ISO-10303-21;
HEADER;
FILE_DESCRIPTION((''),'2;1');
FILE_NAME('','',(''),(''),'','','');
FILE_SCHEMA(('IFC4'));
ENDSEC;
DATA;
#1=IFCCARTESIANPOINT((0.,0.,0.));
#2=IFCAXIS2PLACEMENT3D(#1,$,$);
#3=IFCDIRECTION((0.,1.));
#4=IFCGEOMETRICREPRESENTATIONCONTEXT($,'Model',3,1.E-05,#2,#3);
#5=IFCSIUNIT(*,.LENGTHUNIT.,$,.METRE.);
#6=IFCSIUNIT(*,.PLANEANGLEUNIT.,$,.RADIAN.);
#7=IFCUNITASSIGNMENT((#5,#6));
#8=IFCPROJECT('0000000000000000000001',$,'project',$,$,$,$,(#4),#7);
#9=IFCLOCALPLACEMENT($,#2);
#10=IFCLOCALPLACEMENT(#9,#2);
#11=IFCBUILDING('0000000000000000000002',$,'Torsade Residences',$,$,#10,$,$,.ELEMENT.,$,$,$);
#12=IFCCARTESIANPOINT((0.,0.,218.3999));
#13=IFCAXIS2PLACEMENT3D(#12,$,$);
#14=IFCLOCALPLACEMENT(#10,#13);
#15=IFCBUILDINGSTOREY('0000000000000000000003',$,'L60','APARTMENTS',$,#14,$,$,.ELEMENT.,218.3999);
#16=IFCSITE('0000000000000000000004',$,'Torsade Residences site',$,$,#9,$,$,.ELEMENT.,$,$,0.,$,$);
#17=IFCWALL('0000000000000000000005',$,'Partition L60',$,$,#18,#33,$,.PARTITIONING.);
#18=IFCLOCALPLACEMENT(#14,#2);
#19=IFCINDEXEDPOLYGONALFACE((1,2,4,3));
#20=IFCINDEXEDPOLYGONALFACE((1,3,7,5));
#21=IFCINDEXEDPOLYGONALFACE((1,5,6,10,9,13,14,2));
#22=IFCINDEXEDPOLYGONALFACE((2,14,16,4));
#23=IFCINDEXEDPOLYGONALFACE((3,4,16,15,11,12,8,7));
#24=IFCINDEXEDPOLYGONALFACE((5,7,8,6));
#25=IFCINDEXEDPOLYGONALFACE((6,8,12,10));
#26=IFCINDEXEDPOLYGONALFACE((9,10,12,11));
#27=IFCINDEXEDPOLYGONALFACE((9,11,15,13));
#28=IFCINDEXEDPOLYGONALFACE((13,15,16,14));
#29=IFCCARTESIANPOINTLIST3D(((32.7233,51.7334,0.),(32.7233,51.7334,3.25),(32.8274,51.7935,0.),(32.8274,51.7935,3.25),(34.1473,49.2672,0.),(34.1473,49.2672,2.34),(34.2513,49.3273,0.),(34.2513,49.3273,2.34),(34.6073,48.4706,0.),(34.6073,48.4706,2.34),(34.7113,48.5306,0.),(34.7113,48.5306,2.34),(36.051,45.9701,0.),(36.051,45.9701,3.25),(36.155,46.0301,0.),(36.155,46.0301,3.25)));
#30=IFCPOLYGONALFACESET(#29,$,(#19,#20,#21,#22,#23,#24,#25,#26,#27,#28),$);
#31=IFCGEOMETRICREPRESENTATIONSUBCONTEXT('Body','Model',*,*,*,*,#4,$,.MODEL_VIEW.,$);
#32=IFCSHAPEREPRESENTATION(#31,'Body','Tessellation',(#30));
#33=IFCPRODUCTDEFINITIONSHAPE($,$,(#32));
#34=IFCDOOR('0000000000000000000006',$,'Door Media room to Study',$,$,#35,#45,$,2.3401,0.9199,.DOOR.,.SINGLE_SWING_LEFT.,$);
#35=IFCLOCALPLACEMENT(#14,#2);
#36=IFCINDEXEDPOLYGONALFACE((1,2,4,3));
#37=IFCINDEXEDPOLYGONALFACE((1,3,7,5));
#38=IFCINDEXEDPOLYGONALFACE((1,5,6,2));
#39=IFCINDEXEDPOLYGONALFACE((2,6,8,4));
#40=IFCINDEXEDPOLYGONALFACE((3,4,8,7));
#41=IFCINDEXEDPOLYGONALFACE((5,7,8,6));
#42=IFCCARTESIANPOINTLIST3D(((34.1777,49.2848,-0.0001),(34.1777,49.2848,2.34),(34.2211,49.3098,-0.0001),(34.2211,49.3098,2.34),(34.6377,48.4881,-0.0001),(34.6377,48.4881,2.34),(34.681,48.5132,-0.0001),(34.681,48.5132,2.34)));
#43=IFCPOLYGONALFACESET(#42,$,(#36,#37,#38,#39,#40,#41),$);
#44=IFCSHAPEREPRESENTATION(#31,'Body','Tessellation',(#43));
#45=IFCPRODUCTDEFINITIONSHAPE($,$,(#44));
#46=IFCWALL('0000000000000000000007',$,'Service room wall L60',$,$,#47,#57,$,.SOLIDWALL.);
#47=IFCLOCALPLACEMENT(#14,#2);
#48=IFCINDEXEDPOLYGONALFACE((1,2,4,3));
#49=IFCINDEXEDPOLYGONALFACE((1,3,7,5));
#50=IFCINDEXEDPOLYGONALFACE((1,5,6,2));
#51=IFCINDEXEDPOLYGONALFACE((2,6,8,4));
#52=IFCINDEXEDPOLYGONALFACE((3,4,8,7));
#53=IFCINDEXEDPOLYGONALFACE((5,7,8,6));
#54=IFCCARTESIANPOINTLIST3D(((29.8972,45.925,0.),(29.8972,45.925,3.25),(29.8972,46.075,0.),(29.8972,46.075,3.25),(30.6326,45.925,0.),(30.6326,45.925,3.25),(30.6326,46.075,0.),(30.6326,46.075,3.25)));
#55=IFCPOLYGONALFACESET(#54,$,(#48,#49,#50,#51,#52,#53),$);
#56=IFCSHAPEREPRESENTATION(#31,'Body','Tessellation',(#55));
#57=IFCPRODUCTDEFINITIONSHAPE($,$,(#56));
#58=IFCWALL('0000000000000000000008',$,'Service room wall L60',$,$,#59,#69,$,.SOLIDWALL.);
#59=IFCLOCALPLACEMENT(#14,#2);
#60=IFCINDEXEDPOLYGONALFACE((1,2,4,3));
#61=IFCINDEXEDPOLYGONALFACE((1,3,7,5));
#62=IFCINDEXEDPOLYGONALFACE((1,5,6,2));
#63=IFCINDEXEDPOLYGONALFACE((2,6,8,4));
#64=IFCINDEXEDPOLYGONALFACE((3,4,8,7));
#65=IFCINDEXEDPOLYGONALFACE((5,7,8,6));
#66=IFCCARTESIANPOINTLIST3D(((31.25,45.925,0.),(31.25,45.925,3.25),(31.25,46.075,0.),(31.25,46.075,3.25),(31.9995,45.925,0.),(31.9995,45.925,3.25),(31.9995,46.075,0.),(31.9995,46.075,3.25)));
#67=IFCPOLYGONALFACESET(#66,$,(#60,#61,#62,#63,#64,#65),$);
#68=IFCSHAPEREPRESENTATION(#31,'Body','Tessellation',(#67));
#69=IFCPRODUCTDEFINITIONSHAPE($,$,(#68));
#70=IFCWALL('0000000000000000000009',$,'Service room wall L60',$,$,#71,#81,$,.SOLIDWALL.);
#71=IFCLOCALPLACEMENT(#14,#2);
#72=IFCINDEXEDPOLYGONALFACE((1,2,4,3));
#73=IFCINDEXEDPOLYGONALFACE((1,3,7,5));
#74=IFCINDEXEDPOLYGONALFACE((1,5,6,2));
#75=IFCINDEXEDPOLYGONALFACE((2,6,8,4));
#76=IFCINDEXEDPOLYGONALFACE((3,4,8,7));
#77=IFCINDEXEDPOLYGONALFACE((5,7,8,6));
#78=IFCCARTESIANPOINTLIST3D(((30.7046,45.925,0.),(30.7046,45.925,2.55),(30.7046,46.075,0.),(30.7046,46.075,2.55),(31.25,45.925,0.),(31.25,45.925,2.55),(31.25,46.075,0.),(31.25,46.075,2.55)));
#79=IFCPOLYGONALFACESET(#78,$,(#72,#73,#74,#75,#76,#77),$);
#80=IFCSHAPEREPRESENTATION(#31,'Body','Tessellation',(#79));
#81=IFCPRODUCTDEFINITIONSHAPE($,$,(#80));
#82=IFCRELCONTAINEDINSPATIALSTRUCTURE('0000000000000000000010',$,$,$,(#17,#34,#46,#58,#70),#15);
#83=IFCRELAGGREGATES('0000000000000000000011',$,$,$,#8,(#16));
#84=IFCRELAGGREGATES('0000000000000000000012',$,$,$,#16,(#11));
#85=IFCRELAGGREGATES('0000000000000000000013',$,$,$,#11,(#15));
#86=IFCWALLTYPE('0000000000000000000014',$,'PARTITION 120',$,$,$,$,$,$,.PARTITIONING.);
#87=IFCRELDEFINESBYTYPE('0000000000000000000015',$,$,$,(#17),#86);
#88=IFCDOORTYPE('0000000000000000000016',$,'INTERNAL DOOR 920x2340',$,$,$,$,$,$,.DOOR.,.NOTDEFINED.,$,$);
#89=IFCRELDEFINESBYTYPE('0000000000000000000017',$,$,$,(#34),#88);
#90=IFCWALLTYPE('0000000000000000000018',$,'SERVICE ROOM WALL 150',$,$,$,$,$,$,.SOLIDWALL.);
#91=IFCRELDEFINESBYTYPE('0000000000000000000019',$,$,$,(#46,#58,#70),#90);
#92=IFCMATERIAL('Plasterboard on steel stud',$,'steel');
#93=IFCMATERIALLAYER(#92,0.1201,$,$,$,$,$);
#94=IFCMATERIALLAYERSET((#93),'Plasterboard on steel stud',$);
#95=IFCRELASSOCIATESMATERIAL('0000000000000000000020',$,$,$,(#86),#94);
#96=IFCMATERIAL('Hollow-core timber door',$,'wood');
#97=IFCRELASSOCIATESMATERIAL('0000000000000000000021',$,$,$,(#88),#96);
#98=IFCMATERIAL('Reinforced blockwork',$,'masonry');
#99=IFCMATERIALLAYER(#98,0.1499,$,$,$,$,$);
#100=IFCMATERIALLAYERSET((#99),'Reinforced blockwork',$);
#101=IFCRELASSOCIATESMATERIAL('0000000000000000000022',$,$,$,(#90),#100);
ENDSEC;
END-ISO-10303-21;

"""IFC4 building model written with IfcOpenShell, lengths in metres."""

from ifc_helpers import new_model, si_unit, direction, frame, frame_2d, origin, place, context, subcontext, project, spatial, rectangle, extrude, material, layer, layer_set, type_object, element, fill, save


model = new_model("IFC4")

# Units and contexts
model_context = context("Model", 3, precision=1e-05, world=origin(), true_north=direction((0.0, 1.0)))
body_context = subcontext(model_context, "Body", "Model", "MODEL_VIEW")
ifc_project = project(units=[si_unit("LENGTHUNIT", "METRE"), si_unit("PLANEANGLEUNIT", "RADIAN")], contexts=[model_context])

# Site, building, storey
site_placement = place(None, origin())
site = spatial("IfcSite", under=ifc_project, at=site_placement, Name="Torsade Residences site", CompositionType="ELEMENT", RefElevation=0.0)
building_placement = place(site_placement, origin())
building = spatial("IfcBuilding", under=site, at=building_placement, Name="Torsade Residences", CompositionType="ELEMENT")
storey_placement = place(building_placement, frame((0.0, 0.0, 218.3999)))
storey = spatial("IfcBuildingStorey", under=building, at=storey_placement, Name="L60", Description="APARTMENTS", CompositionType="ELEMENT", Elevation=218.3999)

# Shared definitions
ifc_material_1 = material(Name="Plasterboard on steel stud", Category="steel")
ifc_layer_1 = layer(ifc_material_1, 0.1201)
ifc_layer_set_1 = layer_set([ifc_layer_1], Name="Plasterboard on steel stud")
wall_type_1 = type_object("IfcWallType", Name="PARTITION 120", PredefinedType="PARTITIONING", material=ifc_layer_set_1)
ifc_material_2 = material(Name="Hollow-core timber door", Category="wood")
door_type_1 = type_object("IfcDoorType", Name="INTERNAL DOOR 920x2340", OperationType="NOTDEFINED", PredefinedType="DOOR", material=ifc_material_2)

# Wall, opening, door
wall_1_placement = place(storey_placement, frame((36.103, 46.0, 0.0), z_axis=(0.0, 0.0, 1.0), x_axis=(-0.500014, 0.866018, 0.0)))
wall_1 = element("IfcWall", 1, at=wall_1_placement, inside=storey, type_object=wall_type_1, Name="Partition L60", PredefinedType="PARTITIONING", context=body_context, shape_type="SweptSolid", body=[
    extrude(rectangle(XDim=6.655, YDim=0.1201, at=frame_2d((3.3276, 0.0))), origin(), (0.0, 0.0, 1.0), 3.25),
])
opening_1_placement = place(wall_1_placement, frame((2.8875, 0.0, 0.0)))
opening_1 = element("IfcOpeningElement", 2, at=opening_1_placement, cuts=wall_1, PredefinedType="OPENING", context=body_context, shape_type="SweptSolid", body=[
    extrude(rectangle(XDim=0.9199, YDim=2.3401, at=frame_2d((0.46, 1.1699))), frame((0.0, 0.0701, 0.0), z_axis=(0.0, -1.0, 0.0), x_axis=(1.0, 0.0, 0.0)), (0.0, 0.0, 1.0), 0.1401),
])
door_1_placement = place(opening_1_placement, origin())
door_1 = element("IfcDoor", 3, at=door_1_placement, inside=storey, type_object=door_type_1, Name="Door Media room to Study", OperationType="SINGLE_SWING_LEFT", OverallHeight=2.3401, OverallWidth=0.9199, PredefinedType="DOOR", context=body_context, shape_type="SweptSolid", body=[
    extrude(rectangle(XDim=0.9199, YDim=2.3401, at=frame_2d((0.46, 1.1699))), frame((0.0, 0.0249, 0.0), z_axis=(0.0, -1.0, 0.0), x_axis=(1.0, 0.0, 0.0)), (0.0, 0.0, 1.0), 0.05),
])
fill(opening_1, door_1)

# Walls
ifc_material_3 = material(Name="Reinforced blockwork", Category="masonry")
ifc_layer_2 = layer(ifc_material_3, 0.1499)
ifc_layer_set_2 = layer_set([ifc_layer_2], Name="Reinforced blockwork")
wall_type_2 = type_object("IfcWallType", Name="SERVICE ROOM WALL 150", PredefinedType="SOLIDWALL", material=ifc_layer_set_2)
wall_2_placement = place(storey_placement, frame((30.6326, 46.0, 0.0), z_axis=(0.0, 0.0, 1.0), x_axis=(-1.0, 0.0, 0.0)))
element("IfcWall", 4, at=wall_2_placement, inside=storey, type_object=wall_type_2, Name="Service room wall L60", PredefinedType="SOLIDWALL", context=body_context, shape_type="SweptSolid", body=[
    extrude(rectangle(XDim=0.7354, YDim=0.1499, at=frame_2d((0.3677, 0.0))), origin(), (0.0, 0.0, 1.0), 3.25),
])
wall_3_placement = place(storey_placement, frame((31.9995, 46.0, 0.0), z_axis=(0.0, 0.0, 1.0), x_axis=(-1.0, 0.0, 0.0)))
element("IfcWall", 5, at=wall_3_placement, inside=storey, type_object=wall_type_2, Name="Service room wall L60", PredefinedType="SOLIDWALL", context=body_context, shape_type="SweptSolid", body=[
    extrude(rectangle(XDim=0.7495, YDim=0.1499, at=frame_2d((0.3748, 0.0))), origin(), (0.0, 0.0, 1.0), 3.25),
])
wall_4_placement = place(storey_placement, frame((31.25, 46.0, 0.0), z_axis=(0.0, 0.0, 1.0), x_axis=(-1.0, 0.0, 0.0)))
element("IfcWall", 6, at=wall_4_placement, inside=storey, type_object=wall_type_2, Name="Service room wall L60", PredefinedType="SOLIDWALL", context=body_context, shape_type="SweptSolid", body=[
    extrude(rectangle(XDim=0.5454, YDim=0.1499, at=frame_2d((0.2727, 0.0))), origin(), (0.0, 0.0, 1.0), 2.55),
])

save(model, "model.ifc")
